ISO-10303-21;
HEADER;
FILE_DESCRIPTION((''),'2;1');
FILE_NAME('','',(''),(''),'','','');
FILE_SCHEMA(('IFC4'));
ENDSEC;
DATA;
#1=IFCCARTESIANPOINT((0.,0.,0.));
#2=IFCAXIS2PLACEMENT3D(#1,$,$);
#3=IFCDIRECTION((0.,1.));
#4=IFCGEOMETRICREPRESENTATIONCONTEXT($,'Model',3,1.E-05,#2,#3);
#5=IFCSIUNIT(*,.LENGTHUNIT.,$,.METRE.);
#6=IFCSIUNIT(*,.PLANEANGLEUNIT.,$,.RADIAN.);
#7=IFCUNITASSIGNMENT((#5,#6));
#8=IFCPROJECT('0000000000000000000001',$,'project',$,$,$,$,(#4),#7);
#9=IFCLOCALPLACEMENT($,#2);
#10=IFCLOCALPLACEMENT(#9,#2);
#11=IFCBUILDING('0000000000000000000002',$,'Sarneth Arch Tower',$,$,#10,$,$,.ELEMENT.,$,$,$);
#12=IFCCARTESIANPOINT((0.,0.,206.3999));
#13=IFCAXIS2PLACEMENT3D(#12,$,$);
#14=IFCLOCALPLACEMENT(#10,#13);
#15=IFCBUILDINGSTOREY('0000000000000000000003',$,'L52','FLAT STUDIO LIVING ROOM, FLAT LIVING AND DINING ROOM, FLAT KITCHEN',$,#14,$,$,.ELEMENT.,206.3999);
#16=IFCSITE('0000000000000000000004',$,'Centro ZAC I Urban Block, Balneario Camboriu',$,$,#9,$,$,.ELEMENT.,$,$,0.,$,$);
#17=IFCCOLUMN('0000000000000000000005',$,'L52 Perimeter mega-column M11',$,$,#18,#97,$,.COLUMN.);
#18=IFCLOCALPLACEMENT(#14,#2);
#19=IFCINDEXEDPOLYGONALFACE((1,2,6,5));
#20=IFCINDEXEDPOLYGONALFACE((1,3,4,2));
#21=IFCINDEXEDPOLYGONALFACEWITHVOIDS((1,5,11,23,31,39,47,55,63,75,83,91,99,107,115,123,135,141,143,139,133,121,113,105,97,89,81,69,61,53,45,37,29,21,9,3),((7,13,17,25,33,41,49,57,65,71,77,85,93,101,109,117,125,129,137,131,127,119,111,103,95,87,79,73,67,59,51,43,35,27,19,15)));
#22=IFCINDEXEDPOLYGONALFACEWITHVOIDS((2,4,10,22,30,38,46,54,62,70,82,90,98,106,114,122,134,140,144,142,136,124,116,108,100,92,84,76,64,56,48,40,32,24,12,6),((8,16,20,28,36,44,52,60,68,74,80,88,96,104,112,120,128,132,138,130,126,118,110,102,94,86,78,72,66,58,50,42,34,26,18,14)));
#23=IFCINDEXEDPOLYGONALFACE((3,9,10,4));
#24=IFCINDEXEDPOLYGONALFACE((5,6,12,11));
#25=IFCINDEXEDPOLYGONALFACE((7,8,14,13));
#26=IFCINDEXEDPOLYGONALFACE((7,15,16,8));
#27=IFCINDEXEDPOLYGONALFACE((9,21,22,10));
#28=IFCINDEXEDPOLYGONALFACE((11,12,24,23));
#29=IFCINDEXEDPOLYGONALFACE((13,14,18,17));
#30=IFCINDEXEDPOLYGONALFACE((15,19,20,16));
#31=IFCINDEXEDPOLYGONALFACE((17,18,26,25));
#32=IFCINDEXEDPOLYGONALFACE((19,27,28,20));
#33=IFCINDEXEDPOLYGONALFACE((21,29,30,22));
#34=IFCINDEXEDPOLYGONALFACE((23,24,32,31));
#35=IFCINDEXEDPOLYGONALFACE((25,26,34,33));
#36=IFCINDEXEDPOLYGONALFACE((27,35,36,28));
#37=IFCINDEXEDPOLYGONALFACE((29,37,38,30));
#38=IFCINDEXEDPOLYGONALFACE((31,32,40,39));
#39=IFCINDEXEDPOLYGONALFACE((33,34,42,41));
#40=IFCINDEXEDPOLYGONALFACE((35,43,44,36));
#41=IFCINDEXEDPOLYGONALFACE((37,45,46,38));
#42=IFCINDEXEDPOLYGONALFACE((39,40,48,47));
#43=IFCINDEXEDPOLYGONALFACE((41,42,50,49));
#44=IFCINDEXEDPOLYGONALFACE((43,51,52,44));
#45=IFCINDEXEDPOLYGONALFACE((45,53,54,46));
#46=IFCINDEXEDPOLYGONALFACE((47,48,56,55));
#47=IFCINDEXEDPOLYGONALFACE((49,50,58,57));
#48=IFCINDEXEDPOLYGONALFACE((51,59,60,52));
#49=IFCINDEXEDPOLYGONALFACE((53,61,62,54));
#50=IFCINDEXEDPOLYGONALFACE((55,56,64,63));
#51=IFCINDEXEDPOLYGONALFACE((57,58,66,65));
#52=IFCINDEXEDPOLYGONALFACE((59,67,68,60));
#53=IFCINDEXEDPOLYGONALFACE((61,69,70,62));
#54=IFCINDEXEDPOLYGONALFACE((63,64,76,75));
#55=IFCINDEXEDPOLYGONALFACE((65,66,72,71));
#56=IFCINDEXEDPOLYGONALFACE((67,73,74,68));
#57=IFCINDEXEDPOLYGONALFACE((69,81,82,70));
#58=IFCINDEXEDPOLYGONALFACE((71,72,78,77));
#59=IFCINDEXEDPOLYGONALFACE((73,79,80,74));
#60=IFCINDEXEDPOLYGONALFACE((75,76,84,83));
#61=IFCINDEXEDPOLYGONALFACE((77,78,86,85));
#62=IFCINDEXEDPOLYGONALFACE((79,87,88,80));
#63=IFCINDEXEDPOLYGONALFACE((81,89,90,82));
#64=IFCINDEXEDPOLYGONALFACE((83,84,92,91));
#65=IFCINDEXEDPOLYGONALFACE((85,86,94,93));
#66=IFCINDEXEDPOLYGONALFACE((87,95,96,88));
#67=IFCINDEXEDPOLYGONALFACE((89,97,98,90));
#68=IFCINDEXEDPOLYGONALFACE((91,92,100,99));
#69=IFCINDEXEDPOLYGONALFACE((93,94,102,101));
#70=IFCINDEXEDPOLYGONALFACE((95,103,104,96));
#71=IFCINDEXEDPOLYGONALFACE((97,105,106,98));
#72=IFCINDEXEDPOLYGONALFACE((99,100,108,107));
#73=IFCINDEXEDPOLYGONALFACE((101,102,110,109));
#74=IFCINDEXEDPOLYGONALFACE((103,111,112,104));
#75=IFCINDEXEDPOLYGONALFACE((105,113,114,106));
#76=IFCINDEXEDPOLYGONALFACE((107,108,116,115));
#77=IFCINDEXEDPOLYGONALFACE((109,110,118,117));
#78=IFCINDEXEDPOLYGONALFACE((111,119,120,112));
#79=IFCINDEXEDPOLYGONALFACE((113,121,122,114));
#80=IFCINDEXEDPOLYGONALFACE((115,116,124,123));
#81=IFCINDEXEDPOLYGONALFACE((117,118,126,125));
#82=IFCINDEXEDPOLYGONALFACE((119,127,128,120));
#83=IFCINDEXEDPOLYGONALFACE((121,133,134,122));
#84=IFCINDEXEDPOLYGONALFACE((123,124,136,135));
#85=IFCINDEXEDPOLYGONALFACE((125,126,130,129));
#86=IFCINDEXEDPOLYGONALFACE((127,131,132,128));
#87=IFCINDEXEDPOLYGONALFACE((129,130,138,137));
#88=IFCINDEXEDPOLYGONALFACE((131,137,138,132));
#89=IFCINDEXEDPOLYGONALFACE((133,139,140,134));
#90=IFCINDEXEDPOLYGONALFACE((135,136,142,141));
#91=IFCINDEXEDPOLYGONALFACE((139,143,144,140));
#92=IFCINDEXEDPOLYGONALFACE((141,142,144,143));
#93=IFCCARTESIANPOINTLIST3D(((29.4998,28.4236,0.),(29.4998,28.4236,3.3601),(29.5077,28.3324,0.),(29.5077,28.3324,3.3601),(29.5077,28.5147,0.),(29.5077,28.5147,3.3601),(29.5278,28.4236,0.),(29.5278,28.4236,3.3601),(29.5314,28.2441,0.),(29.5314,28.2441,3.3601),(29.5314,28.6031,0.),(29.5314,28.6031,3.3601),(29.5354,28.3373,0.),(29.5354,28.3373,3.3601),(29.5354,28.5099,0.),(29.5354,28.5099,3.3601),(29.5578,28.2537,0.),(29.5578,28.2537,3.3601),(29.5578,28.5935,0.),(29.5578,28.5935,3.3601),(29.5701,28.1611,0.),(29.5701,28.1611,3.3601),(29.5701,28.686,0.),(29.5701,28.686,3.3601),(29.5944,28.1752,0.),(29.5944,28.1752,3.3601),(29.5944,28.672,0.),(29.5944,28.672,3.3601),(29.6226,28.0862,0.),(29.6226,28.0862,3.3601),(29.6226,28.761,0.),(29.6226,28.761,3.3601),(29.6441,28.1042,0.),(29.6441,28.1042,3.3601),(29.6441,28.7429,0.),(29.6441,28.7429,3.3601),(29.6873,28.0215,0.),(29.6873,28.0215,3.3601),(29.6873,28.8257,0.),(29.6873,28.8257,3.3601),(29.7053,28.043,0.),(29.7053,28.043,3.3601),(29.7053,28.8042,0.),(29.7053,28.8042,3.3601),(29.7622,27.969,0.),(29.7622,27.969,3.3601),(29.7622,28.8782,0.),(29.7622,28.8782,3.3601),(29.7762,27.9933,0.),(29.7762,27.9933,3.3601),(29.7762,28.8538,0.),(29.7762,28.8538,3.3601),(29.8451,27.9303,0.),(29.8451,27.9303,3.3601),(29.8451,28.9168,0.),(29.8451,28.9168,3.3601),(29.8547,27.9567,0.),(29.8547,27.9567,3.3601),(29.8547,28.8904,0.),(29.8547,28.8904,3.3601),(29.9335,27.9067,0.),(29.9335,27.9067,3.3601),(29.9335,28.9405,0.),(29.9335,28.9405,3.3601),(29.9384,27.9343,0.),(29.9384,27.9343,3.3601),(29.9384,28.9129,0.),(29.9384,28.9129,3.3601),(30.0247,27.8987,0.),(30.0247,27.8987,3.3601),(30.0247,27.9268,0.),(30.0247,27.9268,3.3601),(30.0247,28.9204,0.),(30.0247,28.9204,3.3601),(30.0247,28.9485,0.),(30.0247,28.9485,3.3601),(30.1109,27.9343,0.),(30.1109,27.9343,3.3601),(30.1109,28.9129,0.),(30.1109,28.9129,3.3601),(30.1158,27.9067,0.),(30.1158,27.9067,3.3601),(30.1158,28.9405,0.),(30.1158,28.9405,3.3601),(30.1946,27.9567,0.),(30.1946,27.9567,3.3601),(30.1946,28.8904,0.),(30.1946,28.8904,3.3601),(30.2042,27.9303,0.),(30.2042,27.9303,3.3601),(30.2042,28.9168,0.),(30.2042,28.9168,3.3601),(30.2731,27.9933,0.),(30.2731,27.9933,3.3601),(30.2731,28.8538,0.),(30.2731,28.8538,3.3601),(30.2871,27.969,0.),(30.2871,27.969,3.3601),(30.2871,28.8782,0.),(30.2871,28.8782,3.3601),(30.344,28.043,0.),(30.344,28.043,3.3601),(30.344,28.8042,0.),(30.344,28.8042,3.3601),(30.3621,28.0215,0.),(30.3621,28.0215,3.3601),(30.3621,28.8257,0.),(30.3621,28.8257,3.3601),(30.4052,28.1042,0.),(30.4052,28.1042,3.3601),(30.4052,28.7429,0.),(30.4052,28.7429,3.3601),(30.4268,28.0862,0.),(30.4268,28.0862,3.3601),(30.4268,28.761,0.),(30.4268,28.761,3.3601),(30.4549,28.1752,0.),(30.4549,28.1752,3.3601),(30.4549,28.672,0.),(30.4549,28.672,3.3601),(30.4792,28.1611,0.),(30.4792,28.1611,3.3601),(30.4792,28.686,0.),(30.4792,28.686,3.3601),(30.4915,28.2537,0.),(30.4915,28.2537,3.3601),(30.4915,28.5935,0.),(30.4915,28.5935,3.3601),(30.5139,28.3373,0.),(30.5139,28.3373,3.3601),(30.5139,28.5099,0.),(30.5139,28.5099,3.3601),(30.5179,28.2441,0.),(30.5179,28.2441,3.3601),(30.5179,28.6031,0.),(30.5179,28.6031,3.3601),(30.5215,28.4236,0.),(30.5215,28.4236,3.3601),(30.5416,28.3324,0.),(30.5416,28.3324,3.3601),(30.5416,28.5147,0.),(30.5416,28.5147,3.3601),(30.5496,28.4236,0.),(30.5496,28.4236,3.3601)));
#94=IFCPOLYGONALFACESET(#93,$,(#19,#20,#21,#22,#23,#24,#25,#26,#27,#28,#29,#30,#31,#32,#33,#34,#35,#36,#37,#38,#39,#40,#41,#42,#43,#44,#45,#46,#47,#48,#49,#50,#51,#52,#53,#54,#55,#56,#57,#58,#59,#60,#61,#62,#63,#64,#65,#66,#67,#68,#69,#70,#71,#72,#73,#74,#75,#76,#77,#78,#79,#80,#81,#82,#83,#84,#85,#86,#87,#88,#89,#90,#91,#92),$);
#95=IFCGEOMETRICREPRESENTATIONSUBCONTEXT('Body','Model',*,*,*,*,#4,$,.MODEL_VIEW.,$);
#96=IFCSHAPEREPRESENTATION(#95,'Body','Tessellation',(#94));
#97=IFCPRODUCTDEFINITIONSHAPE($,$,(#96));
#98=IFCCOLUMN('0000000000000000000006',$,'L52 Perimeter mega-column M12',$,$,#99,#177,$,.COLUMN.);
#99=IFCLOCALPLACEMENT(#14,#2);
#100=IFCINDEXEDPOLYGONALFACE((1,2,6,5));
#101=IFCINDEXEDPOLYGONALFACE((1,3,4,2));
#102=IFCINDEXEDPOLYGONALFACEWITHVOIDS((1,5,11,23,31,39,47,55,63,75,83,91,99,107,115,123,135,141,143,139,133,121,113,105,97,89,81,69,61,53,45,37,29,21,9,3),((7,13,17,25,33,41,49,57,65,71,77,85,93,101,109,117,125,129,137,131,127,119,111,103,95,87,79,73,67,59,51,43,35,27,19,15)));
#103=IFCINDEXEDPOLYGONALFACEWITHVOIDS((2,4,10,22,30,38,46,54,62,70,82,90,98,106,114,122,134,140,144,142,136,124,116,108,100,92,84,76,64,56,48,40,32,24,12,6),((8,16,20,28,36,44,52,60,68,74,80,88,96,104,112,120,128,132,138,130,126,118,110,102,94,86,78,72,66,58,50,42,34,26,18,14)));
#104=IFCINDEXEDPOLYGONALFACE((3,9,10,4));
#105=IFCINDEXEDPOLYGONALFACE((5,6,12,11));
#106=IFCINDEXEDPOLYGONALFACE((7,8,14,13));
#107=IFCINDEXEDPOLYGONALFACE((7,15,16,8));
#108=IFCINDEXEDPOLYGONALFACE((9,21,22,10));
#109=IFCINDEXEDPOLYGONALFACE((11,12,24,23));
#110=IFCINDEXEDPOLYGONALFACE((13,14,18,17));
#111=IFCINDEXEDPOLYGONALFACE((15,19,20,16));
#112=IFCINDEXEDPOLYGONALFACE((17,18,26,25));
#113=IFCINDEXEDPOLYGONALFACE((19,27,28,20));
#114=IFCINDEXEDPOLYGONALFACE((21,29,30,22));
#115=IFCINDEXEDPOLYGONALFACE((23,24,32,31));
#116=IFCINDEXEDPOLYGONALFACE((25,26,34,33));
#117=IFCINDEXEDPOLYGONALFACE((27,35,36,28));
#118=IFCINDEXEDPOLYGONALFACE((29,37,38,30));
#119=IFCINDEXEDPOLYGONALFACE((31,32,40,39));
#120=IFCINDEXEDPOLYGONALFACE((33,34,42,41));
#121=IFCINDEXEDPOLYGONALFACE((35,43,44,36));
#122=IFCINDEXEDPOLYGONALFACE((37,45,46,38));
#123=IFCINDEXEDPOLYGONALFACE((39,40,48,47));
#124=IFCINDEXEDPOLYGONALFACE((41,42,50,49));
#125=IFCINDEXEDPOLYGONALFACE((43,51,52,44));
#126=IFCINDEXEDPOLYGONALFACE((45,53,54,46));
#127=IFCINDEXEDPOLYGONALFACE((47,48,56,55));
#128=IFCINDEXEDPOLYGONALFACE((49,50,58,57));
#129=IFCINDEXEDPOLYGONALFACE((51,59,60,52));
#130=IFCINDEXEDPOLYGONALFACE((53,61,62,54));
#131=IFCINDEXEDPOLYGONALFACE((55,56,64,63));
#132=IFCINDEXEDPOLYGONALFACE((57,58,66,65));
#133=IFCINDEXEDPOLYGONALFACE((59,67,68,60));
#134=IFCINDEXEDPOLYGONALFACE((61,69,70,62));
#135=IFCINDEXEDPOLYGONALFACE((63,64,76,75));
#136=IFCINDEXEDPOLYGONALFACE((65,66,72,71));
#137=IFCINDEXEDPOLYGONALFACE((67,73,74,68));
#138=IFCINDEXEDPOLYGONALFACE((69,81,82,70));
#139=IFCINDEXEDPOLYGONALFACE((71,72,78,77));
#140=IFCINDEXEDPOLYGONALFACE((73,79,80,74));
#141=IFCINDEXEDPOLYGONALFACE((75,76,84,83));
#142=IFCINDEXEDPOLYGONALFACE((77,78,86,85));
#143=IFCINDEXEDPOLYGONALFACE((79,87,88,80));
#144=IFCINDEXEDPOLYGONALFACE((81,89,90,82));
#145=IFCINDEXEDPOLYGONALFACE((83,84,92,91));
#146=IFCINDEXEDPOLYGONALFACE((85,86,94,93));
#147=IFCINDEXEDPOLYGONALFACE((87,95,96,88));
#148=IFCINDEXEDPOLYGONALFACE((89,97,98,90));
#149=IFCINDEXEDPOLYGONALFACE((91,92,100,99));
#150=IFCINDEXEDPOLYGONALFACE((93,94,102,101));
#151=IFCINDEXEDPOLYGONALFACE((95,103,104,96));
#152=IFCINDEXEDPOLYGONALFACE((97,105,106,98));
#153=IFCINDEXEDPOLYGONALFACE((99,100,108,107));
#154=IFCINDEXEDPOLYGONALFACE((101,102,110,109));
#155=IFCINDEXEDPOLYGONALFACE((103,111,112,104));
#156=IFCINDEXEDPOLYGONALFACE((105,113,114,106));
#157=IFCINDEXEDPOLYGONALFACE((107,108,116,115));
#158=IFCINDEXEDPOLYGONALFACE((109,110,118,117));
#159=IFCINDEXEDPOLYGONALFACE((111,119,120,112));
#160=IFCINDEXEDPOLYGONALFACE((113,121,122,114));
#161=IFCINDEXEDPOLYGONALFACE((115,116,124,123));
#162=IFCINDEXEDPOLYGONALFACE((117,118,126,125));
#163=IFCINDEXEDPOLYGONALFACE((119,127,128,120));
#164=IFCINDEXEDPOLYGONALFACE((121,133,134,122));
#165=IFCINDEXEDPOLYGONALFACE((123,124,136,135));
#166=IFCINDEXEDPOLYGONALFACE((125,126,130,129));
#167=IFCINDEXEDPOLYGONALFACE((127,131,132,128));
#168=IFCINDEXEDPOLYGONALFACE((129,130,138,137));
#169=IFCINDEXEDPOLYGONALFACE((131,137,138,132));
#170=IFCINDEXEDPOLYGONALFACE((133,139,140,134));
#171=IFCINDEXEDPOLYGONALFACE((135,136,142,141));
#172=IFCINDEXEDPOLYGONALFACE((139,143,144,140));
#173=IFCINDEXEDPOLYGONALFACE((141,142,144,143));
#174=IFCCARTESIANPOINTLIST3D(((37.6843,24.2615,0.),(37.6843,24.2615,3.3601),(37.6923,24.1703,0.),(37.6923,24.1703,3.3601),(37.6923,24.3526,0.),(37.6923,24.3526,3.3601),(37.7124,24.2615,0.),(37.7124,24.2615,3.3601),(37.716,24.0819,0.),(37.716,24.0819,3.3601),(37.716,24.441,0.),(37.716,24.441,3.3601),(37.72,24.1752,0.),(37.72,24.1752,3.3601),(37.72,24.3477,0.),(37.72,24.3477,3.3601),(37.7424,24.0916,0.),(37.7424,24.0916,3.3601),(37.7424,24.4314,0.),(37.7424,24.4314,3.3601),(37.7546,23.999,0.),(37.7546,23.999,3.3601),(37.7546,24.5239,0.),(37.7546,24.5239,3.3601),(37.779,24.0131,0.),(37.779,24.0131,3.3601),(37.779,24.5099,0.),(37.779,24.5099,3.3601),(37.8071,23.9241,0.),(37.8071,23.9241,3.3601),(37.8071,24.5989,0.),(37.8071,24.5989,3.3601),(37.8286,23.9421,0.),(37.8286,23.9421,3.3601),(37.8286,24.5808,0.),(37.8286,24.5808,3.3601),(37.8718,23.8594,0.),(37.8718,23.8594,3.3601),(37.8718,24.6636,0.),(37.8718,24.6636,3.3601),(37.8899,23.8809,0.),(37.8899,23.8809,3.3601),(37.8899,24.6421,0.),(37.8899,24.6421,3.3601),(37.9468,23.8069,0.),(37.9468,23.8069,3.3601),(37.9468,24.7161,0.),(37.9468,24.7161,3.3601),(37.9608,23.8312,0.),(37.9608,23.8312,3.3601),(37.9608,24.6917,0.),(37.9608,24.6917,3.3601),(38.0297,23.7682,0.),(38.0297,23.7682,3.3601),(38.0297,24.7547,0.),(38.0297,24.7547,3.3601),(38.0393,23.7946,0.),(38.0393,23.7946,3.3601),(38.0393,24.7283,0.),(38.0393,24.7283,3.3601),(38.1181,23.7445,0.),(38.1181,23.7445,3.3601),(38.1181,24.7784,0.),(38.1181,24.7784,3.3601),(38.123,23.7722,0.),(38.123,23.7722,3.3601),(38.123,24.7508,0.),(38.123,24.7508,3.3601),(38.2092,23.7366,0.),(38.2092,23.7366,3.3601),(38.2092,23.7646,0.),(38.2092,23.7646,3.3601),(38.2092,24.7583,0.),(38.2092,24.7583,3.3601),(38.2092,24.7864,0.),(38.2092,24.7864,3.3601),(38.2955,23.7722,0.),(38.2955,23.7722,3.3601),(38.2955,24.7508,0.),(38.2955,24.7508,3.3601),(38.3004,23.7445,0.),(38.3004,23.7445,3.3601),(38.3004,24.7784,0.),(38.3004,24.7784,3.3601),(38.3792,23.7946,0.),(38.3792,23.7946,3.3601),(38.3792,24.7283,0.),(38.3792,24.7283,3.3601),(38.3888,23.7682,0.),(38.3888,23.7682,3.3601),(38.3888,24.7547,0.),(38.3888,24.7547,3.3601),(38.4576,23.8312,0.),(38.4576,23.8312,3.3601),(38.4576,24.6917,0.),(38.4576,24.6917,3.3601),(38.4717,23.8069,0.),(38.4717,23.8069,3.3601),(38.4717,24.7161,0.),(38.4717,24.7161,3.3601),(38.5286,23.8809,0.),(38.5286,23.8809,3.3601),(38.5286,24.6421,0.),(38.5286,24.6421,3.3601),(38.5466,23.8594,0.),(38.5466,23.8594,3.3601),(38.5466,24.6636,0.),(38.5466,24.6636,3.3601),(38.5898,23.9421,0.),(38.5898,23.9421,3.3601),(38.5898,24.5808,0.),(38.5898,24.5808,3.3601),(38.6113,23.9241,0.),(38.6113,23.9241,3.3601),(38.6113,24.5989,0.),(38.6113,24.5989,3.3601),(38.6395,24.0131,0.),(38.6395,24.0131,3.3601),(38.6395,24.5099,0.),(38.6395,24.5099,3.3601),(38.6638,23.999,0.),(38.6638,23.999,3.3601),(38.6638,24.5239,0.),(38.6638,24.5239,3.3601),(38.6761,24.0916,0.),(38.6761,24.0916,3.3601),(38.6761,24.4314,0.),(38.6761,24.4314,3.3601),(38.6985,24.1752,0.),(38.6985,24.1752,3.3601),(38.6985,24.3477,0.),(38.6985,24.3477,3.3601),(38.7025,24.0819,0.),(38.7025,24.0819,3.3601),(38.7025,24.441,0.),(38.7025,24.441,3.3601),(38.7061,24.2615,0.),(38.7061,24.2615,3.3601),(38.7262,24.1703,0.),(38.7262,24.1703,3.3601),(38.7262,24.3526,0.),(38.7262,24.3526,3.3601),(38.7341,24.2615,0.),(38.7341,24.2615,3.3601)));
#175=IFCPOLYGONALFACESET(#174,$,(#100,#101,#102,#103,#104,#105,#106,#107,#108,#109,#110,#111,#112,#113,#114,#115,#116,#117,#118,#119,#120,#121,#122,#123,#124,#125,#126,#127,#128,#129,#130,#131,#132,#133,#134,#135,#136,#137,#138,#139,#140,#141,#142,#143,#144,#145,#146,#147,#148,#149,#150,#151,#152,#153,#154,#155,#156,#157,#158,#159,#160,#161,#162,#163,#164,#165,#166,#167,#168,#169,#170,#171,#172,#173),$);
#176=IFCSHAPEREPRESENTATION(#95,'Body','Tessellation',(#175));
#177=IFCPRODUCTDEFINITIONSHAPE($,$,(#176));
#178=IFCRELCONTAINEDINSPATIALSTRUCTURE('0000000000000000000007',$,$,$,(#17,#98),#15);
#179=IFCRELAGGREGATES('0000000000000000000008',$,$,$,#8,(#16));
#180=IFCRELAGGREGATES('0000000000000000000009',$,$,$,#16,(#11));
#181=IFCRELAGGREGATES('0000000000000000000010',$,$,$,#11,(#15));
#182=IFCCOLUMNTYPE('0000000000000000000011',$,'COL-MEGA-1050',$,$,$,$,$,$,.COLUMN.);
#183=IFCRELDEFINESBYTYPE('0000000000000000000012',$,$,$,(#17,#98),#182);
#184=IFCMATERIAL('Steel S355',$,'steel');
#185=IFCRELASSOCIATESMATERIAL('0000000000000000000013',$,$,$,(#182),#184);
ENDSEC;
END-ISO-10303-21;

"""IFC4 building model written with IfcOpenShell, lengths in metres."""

from ifc_helpers import new_model, si_unit, direction, frame, origin, origin_2d, place, context, subcontext, project, spatial, hollow_circle, extrude, material, material_profile, profile_set, type_object, element, save


model = new_model("IFC4")

# Units and contexts
model_context = context("Model", 3, precision=1e-05, world=origin(), true_north=direction((0.0, 1.0)))
body_context = subcontext(model_context, "Body", "Model", "MODEL_VIEW")
ifc_project = project(units=[si_unit("LENGTHUNIT", "METRE"), si_unit("PLANEANGLEUNIT", "RADIAN")], contexts=[model_context])

# Site, building, storey
site_placement = place(None, origin())
site = spatial("IfcSite", under=ifc_project, at=site_placement, Name="Centro ZAC I Urban Block, Balneario Camboriu", CompositionType="ELEMENT", RefElevation=0.0)
building_placement = place(site_placement, origin())
building = spatial("IfcBuilding", under=site, at=building_placement, Name="Sarneth Arch Tower", CompositionType="ELEMENT")
storey_placement = place(building_placement, frame((0.0, 0.0, 206.3999)))
storey = spatial("IfcBuildingStorey", under=building, at=storey_placement, Name="L52", Description="FLAT STUDIO LIVING ROOM, FLAT LIVING AND DINING ROOM, FLAT KITCHEN", CompositionType="ELEMENT", Elevation=206.3999)

# Columns
ifc_material_1 = material(Name="Steel S355", Category="steel")
ifc_material_profile_1 = material_profile(ifc_material_1, hollow_circle(Radius=0.5249, WallThickness=0.0281, at=origin_2d()), Name="CHS1050x28")
ifc_profile_set_1 = profile_set([ifc_material_profile_1], Name="Steel S355")
column_type = type_object("IfcColumnType", Name="COL-MEGA-1050", PredefinedType="COLUMN", material=ifc_profile_set_1)
for number, where, z_axis, x_axis, name in (
    (1, (30.0247, 28.4236, 0.0), (0.0, 0.0, 1.0), (1.0, 0.0, 0.0), "L52 Perimeter mega-column M11"),
    (2, (38.2092, 24.2615, 0.0), (0.0, 0.0, 1.0), (1.0, 0.0, 0.0), "L52 Perimeter mega-column M12"),
):
    element("IfcColumn", number, at=place(storey_placement, frame(where, z_axis=z_axis, x_axis=x_axis)), inside=storey, type_object=column_type, Name=name, PredefinedType="COLUMN", context=body_context, shape_type="SweptSolid", body=[
        extrude(hollow_circle(Radius=0.5249, WallThickness=0.0281, at=origin_2d()), origin(), (0.0, 0.0, 1.0), 3.3601),
    ])

save(model, "model.ifc")
